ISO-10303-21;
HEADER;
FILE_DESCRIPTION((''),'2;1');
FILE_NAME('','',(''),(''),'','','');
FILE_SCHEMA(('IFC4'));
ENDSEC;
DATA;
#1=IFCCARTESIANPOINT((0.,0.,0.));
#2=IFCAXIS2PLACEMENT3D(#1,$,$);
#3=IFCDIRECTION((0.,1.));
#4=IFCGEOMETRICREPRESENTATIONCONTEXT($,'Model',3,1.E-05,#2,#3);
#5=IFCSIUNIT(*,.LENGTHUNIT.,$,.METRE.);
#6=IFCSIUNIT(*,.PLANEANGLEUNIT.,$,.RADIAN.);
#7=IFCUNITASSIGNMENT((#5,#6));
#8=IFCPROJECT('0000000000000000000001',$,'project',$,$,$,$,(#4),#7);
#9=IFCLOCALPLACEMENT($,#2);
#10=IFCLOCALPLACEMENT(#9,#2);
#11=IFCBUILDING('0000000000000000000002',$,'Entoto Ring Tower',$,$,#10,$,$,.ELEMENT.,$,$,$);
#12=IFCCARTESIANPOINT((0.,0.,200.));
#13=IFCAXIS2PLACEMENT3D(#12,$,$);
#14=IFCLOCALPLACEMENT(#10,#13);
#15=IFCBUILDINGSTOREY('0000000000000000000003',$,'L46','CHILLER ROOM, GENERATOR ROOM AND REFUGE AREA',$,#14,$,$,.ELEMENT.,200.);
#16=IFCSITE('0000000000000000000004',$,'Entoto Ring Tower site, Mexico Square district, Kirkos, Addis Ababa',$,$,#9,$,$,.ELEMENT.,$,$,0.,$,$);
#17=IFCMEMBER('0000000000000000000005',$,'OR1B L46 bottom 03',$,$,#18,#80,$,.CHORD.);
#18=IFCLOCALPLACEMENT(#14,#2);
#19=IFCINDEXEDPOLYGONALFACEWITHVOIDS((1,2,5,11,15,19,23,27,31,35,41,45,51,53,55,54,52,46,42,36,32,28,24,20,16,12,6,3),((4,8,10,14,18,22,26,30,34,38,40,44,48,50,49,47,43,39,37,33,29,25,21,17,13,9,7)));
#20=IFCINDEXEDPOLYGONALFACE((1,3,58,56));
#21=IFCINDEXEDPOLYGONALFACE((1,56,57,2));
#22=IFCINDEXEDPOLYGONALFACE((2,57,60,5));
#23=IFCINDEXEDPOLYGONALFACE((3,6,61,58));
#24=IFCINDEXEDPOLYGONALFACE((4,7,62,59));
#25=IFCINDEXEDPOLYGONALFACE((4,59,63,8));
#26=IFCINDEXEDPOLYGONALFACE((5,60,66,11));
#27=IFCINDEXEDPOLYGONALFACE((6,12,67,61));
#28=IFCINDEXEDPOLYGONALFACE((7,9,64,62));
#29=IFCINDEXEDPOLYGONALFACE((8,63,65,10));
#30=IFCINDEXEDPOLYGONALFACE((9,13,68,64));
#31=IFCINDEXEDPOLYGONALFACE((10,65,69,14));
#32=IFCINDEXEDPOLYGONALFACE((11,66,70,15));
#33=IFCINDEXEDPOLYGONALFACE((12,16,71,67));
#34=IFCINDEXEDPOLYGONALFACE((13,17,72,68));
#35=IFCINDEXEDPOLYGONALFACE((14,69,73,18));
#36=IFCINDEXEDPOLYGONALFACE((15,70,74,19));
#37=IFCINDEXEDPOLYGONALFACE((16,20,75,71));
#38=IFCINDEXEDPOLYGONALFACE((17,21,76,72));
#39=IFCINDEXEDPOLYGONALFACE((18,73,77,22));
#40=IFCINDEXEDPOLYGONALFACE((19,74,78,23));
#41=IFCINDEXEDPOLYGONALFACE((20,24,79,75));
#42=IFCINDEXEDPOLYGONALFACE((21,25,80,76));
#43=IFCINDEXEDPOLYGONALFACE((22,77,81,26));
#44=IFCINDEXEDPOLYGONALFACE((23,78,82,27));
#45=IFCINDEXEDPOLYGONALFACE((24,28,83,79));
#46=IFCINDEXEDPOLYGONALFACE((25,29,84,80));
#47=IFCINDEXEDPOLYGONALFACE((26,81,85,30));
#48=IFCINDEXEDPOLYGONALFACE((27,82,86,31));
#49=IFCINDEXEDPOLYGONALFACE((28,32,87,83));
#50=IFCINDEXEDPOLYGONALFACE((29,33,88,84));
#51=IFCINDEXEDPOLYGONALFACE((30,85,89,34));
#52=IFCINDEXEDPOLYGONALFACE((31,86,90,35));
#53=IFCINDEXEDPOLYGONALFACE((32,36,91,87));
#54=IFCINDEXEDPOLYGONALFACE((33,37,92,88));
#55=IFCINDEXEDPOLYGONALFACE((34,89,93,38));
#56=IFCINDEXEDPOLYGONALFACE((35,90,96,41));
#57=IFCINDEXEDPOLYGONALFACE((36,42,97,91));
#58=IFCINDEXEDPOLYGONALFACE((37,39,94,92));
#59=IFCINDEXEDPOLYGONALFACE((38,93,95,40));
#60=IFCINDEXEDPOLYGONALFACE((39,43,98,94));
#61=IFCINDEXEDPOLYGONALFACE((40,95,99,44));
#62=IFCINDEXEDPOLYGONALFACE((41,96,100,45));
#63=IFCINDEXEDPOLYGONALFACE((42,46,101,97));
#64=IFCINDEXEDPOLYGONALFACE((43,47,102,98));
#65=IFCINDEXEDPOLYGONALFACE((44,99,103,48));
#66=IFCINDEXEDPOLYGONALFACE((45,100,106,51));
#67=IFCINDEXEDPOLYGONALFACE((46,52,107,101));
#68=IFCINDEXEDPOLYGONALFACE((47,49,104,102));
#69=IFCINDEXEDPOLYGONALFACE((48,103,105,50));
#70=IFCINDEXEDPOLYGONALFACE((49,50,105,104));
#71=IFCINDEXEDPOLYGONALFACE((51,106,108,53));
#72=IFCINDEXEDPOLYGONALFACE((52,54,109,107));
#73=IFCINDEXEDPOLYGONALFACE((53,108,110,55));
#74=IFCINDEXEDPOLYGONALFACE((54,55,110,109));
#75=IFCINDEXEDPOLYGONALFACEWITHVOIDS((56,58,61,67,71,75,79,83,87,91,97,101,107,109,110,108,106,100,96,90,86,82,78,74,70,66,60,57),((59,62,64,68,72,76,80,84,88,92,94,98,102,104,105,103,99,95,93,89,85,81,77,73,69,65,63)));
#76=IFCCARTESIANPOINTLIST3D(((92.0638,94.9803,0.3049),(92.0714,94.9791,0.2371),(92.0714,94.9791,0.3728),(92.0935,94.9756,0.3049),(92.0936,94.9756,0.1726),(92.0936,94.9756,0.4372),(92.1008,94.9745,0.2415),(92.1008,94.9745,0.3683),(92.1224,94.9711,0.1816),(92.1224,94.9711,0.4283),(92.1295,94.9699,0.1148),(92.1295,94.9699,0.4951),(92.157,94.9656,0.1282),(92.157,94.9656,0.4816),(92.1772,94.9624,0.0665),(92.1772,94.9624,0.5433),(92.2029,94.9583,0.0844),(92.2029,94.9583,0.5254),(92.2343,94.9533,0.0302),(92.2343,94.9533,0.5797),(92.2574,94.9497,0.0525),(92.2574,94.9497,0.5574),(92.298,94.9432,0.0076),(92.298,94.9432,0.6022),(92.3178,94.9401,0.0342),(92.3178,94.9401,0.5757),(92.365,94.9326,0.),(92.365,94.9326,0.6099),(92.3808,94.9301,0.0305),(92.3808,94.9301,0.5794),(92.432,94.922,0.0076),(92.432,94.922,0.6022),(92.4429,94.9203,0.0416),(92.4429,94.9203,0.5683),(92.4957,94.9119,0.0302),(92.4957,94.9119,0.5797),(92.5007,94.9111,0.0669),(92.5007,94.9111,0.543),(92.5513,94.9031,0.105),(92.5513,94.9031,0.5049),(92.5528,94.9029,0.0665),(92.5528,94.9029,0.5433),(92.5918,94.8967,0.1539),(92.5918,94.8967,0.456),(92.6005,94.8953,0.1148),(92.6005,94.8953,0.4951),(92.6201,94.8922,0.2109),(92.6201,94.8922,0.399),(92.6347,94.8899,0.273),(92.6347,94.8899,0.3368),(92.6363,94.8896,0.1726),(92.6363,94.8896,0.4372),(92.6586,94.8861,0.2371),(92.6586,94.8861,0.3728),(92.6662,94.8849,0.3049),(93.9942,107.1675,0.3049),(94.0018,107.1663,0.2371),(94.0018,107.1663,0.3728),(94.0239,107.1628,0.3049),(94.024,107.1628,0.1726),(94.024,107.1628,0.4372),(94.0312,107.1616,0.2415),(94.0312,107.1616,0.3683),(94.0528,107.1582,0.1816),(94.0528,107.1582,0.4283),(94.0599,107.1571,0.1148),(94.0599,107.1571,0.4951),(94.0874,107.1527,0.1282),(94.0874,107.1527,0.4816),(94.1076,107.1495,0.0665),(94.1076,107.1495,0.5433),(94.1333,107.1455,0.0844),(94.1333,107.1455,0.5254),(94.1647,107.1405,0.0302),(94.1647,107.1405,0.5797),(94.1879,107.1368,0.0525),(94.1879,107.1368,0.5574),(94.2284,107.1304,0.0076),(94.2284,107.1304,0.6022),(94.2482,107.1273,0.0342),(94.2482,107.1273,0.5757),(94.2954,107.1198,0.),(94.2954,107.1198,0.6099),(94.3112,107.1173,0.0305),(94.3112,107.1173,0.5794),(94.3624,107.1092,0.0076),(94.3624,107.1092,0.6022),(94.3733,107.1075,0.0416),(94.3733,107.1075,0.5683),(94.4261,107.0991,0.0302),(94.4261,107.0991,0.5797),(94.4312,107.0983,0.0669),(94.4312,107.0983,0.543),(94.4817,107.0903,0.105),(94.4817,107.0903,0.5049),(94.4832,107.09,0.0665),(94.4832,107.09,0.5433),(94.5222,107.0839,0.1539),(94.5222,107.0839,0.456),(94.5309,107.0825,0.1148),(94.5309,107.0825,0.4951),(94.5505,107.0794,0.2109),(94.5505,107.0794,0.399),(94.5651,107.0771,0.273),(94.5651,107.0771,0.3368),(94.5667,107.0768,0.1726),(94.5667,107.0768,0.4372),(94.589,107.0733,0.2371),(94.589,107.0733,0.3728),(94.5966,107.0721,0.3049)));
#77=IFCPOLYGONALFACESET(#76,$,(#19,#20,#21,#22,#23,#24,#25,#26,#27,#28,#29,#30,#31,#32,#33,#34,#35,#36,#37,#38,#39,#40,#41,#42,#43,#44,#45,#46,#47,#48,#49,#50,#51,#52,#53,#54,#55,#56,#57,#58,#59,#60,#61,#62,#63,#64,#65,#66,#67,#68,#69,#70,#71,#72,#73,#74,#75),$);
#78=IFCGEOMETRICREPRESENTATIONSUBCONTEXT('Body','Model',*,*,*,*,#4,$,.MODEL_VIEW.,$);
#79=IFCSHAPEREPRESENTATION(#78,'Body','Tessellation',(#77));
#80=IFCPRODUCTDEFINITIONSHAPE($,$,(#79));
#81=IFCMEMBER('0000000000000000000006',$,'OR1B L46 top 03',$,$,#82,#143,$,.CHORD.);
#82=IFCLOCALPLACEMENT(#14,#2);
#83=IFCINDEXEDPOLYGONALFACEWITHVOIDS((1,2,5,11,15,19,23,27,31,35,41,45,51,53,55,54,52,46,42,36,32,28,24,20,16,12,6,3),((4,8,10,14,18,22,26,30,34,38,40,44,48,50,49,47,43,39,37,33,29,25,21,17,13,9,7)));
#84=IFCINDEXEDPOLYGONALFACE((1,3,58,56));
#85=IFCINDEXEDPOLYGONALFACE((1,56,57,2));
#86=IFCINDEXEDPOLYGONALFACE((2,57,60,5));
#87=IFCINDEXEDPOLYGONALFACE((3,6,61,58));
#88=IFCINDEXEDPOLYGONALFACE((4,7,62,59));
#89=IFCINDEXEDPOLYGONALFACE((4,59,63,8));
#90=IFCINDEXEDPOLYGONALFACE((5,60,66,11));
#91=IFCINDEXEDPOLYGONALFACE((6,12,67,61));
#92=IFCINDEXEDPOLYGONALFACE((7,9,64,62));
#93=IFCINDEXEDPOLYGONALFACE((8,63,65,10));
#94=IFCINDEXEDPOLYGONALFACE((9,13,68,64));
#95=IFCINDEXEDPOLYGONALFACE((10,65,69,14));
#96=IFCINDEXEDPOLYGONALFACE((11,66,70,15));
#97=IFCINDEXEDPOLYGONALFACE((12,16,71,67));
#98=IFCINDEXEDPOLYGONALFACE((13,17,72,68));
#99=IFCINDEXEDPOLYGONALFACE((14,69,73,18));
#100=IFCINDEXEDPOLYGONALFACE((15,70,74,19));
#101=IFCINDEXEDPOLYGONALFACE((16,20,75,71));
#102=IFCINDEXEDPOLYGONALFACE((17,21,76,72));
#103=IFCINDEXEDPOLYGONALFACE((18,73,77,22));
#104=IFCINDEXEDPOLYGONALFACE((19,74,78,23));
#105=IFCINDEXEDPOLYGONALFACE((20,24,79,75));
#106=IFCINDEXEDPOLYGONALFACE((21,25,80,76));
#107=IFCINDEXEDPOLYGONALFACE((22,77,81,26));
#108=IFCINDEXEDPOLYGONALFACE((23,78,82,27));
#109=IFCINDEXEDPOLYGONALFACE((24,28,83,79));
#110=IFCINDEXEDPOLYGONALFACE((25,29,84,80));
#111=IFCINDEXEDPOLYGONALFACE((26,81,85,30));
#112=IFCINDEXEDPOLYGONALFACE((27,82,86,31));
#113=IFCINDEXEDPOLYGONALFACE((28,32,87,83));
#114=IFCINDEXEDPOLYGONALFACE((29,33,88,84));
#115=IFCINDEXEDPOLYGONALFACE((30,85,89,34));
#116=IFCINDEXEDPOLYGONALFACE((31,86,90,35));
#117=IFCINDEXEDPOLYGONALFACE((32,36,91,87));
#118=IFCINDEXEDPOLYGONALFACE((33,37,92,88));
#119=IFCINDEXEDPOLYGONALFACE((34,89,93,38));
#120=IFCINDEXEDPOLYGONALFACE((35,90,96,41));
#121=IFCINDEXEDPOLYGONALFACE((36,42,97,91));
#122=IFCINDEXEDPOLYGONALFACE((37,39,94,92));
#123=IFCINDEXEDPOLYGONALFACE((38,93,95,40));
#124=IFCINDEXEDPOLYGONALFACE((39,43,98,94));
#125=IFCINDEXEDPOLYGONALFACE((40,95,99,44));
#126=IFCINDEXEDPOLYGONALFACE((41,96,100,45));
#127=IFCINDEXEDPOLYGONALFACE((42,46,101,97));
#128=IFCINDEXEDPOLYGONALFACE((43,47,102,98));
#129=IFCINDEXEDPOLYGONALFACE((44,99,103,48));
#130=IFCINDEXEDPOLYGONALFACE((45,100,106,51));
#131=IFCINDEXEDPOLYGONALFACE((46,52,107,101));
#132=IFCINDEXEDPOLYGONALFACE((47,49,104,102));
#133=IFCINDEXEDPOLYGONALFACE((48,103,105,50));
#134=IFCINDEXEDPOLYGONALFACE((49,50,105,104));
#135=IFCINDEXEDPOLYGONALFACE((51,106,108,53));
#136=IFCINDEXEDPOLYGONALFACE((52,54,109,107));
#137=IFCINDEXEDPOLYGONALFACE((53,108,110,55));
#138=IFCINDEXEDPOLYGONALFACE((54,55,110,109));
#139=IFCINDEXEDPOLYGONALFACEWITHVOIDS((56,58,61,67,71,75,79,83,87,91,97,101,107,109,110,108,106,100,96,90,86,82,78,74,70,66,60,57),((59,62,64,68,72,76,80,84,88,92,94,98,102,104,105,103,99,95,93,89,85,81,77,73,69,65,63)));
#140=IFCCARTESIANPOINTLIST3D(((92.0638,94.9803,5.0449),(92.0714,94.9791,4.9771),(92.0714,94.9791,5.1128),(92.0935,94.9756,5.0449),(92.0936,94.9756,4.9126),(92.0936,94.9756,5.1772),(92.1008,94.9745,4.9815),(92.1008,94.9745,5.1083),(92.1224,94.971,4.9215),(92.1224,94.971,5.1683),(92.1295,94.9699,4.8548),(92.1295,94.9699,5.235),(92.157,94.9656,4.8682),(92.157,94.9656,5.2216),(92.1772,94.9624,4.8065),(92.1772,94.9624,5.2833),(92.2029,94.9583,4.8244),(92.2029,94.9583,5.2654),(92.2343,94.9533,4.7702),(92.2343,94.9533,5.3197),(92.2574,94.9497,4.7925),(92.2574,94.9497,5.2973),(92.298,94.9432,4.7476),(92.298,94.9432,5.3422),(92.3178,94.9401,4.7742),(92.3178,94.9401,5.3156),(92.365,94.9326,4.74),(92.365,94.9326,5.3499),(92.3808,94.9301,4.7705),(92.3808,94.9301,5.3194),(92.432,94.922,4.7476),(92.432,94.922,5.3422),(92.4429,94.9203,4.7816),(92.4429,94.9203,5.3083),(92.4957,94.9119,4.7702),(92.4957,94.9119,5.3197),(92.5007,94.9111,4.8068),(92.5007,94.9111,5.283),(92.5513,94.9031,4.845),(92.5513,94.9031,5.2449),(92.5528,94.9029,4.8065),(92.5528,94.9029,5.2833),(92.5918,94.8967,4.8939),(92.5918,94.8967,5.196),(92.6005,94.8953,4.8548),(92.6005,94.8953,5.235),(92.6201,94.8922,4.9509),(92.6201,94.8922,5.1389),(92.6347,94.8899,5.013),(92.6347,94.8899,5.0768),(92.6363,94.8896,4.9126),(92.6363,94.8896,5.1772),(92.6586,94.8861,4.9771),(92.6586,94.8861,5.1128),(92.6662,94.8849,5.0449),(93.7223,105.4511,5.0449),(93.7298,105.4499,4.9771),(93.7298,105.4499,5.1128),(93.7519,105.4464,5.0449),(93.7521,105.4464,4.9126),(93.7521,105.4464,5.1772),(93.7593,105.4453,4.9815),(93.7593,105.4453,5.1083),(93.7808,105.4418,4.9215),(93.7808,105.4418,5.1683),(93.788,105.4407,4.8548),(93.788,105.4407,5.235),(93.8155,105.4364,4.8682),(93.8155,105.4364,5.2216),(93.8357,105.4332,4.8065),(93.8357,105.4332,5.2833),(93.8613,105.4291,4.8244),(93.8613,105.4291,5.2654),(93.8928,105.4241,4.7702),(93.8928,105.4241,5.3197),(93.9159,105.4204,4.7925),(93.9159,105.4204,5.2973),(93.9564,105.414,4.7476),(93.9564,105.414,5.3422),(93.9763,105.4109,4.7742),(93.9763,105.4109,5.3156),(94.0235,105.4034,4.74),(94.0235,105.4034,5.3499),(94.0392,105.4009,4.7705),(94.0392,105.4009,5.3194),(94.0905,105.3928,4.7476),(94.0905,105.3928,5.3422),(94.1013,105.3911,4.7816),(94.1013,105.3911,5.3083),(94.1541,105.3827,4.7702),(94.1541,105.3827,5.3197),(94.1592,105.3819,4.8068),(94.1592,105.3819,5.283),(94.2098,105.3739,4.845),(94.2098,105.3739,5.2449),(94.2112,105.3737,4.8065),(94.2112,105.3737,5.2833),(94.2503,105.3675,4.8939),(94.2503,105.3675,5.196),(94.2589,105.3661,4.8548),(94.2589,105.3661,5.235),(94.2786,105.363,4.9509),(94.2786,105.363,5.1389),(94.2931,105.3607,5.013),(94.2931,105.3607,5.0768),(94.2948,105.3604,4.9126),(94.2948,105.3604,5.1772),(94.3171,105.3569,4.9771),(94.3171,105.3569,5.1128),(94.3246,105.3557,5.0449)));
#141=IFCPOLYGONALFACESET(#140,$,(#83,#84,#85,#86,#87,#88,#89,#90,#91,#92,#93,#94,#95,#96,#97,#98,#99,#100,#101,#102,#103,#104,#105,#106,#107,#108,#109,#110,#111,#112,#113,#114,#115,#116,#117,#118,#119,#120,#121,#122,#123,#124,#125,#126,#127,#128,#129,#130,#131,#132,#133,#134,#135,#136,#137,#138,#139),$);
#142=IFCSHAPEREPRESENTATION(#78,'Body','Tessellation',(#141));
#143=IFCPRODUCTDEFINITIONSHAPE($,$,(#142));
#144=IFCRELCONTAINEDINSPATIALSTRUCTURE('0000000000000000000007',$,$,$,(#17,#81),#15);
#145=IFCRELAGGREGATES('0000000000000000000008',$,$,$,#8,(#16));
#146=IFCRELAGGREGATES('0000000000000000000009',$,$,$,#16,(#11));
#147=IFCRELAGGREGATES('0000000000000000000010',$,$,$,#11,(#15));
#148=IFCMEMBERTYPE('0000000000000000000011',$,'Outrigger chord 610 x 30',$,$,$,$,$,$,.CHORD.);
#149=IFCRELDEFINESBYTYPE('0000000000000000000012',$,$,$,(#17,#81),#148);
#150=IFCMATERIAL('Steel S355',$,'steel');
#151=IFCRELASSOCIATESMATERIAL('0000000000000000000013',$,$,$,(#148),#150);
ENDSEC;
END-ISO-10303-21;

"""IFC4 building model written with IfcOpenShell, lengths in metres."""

from ifc_helpers import new_model, si_unit, direction, frame, origin, origin_2d, place, context, subcontext, project, spatial, circle, hollow_circle, extrude, material, material_profile, profile_set, type_object, element, save


model = new_model("IFC4")

# Units and contexts
model_context = context("Model", 3, precision=1e-05, world=origin(), true_north=direction((0.0, 1.0)))
body_context = subcontext(model_context, "Body", "Model", "MODEL_VIEW")
ifc_project = project(units=[si_unit("LENGTHUNIT", "METRE"), si_unit("PLANEANGLEUNIT", "RADIAN")], contexts=[model_context])

# Site, building, storey
site_placement = place(None, origin())
site = spatial("IfcSite", under=ifc_project, at=site_placement, Name="Entoto Ring Tower site, Mexico Square district, Kirkos, Addis Ababa", CompositionType="ELEMENT", RefElevation=0.0)
building_placement = place(site_placement, origin())
building = spatial("IfcBuilding", under=site, at=building_placement, Name="Entoto Ring Tower", CompositionType="ELEMENT")
storey_placement = place(building_placement, frame((0.0, 0.0, 200.0)))
storey = spatial("IfcBuildingStorey", under=building, at=storey_placement, Name="L46", Description="CHILLER ROOM, GENERATOR ROOM AND REFUGE AREA", CompositionType="ELEMENT", Elevation=200.0)

# Members
ifc_material_1 = material(Name="Steel S355", Category="steel")
ifc_material_profile_1 = material_profile(ifc_material_1, hollow_circle(Radius=0.3049, WallThickness=0.03, at=origin_2d()), Name="CHS 610 x 30")
ifc_material_2 = material(Name="Concrete C60/75", Category="concrete")
ifc_material_profile_2 = material_profile(ifc_material_2, circle(Radius=0.2749, at=origin_2d()), Name="Concrete C60/75 infill")
ifc_profile_set_1 = profile_set([ifc_material_profile_1, ifc_material_profile_2], Name="Steel S355")
member_type_1 = type_object("IfcMemberType", Name="Outrigger chord 610 x 30", PredefinedType="CHORD", material=ifc_profile_set_1)
member_1_placement = place(storey_placement, frame((92.365, 94.9326, 0.3049), z_axis=(0.156446, 0.987686, 0.0), x_axis=(-0.987686, 0.156446, 0.0)))
element("IfcMember", 1, at=member_1_placement, inside=storey, type_object=member_type_1, Name="OR1B L46 bottom 03", PredefinedType="CHORD", context=body_context, shape_type="SweptSolid", body=[
    extrude(hollow_circle(Radius=0.3049, WallThickness=0.03, at=origin_2d()), origin(), (0.0, 0.0, 1.0), 12.3391),
])
member_2_placement = place(storey_placement, frame((92.365, 94.9326, 5.0449), z_axis=(0.156439, 0.987688, 0.0), x_axis=(-0.987688, 0.156439, 0.0)))
element("IfcMember", 2, at=member_2_placement, inside=storey, type_object=member_type_1, Name="OR1B L46 top 03", PredefinedType="CHORD", context=body_context, shape_type="SweptSolid", body=[
    extrude(hollow_circle(Radius=0.3049, WallThickness=0.03, at=origin_2d()), origin(), (0.0, 0.0, 1.0), 10.6013),
])

save(model, "model.ifc")
